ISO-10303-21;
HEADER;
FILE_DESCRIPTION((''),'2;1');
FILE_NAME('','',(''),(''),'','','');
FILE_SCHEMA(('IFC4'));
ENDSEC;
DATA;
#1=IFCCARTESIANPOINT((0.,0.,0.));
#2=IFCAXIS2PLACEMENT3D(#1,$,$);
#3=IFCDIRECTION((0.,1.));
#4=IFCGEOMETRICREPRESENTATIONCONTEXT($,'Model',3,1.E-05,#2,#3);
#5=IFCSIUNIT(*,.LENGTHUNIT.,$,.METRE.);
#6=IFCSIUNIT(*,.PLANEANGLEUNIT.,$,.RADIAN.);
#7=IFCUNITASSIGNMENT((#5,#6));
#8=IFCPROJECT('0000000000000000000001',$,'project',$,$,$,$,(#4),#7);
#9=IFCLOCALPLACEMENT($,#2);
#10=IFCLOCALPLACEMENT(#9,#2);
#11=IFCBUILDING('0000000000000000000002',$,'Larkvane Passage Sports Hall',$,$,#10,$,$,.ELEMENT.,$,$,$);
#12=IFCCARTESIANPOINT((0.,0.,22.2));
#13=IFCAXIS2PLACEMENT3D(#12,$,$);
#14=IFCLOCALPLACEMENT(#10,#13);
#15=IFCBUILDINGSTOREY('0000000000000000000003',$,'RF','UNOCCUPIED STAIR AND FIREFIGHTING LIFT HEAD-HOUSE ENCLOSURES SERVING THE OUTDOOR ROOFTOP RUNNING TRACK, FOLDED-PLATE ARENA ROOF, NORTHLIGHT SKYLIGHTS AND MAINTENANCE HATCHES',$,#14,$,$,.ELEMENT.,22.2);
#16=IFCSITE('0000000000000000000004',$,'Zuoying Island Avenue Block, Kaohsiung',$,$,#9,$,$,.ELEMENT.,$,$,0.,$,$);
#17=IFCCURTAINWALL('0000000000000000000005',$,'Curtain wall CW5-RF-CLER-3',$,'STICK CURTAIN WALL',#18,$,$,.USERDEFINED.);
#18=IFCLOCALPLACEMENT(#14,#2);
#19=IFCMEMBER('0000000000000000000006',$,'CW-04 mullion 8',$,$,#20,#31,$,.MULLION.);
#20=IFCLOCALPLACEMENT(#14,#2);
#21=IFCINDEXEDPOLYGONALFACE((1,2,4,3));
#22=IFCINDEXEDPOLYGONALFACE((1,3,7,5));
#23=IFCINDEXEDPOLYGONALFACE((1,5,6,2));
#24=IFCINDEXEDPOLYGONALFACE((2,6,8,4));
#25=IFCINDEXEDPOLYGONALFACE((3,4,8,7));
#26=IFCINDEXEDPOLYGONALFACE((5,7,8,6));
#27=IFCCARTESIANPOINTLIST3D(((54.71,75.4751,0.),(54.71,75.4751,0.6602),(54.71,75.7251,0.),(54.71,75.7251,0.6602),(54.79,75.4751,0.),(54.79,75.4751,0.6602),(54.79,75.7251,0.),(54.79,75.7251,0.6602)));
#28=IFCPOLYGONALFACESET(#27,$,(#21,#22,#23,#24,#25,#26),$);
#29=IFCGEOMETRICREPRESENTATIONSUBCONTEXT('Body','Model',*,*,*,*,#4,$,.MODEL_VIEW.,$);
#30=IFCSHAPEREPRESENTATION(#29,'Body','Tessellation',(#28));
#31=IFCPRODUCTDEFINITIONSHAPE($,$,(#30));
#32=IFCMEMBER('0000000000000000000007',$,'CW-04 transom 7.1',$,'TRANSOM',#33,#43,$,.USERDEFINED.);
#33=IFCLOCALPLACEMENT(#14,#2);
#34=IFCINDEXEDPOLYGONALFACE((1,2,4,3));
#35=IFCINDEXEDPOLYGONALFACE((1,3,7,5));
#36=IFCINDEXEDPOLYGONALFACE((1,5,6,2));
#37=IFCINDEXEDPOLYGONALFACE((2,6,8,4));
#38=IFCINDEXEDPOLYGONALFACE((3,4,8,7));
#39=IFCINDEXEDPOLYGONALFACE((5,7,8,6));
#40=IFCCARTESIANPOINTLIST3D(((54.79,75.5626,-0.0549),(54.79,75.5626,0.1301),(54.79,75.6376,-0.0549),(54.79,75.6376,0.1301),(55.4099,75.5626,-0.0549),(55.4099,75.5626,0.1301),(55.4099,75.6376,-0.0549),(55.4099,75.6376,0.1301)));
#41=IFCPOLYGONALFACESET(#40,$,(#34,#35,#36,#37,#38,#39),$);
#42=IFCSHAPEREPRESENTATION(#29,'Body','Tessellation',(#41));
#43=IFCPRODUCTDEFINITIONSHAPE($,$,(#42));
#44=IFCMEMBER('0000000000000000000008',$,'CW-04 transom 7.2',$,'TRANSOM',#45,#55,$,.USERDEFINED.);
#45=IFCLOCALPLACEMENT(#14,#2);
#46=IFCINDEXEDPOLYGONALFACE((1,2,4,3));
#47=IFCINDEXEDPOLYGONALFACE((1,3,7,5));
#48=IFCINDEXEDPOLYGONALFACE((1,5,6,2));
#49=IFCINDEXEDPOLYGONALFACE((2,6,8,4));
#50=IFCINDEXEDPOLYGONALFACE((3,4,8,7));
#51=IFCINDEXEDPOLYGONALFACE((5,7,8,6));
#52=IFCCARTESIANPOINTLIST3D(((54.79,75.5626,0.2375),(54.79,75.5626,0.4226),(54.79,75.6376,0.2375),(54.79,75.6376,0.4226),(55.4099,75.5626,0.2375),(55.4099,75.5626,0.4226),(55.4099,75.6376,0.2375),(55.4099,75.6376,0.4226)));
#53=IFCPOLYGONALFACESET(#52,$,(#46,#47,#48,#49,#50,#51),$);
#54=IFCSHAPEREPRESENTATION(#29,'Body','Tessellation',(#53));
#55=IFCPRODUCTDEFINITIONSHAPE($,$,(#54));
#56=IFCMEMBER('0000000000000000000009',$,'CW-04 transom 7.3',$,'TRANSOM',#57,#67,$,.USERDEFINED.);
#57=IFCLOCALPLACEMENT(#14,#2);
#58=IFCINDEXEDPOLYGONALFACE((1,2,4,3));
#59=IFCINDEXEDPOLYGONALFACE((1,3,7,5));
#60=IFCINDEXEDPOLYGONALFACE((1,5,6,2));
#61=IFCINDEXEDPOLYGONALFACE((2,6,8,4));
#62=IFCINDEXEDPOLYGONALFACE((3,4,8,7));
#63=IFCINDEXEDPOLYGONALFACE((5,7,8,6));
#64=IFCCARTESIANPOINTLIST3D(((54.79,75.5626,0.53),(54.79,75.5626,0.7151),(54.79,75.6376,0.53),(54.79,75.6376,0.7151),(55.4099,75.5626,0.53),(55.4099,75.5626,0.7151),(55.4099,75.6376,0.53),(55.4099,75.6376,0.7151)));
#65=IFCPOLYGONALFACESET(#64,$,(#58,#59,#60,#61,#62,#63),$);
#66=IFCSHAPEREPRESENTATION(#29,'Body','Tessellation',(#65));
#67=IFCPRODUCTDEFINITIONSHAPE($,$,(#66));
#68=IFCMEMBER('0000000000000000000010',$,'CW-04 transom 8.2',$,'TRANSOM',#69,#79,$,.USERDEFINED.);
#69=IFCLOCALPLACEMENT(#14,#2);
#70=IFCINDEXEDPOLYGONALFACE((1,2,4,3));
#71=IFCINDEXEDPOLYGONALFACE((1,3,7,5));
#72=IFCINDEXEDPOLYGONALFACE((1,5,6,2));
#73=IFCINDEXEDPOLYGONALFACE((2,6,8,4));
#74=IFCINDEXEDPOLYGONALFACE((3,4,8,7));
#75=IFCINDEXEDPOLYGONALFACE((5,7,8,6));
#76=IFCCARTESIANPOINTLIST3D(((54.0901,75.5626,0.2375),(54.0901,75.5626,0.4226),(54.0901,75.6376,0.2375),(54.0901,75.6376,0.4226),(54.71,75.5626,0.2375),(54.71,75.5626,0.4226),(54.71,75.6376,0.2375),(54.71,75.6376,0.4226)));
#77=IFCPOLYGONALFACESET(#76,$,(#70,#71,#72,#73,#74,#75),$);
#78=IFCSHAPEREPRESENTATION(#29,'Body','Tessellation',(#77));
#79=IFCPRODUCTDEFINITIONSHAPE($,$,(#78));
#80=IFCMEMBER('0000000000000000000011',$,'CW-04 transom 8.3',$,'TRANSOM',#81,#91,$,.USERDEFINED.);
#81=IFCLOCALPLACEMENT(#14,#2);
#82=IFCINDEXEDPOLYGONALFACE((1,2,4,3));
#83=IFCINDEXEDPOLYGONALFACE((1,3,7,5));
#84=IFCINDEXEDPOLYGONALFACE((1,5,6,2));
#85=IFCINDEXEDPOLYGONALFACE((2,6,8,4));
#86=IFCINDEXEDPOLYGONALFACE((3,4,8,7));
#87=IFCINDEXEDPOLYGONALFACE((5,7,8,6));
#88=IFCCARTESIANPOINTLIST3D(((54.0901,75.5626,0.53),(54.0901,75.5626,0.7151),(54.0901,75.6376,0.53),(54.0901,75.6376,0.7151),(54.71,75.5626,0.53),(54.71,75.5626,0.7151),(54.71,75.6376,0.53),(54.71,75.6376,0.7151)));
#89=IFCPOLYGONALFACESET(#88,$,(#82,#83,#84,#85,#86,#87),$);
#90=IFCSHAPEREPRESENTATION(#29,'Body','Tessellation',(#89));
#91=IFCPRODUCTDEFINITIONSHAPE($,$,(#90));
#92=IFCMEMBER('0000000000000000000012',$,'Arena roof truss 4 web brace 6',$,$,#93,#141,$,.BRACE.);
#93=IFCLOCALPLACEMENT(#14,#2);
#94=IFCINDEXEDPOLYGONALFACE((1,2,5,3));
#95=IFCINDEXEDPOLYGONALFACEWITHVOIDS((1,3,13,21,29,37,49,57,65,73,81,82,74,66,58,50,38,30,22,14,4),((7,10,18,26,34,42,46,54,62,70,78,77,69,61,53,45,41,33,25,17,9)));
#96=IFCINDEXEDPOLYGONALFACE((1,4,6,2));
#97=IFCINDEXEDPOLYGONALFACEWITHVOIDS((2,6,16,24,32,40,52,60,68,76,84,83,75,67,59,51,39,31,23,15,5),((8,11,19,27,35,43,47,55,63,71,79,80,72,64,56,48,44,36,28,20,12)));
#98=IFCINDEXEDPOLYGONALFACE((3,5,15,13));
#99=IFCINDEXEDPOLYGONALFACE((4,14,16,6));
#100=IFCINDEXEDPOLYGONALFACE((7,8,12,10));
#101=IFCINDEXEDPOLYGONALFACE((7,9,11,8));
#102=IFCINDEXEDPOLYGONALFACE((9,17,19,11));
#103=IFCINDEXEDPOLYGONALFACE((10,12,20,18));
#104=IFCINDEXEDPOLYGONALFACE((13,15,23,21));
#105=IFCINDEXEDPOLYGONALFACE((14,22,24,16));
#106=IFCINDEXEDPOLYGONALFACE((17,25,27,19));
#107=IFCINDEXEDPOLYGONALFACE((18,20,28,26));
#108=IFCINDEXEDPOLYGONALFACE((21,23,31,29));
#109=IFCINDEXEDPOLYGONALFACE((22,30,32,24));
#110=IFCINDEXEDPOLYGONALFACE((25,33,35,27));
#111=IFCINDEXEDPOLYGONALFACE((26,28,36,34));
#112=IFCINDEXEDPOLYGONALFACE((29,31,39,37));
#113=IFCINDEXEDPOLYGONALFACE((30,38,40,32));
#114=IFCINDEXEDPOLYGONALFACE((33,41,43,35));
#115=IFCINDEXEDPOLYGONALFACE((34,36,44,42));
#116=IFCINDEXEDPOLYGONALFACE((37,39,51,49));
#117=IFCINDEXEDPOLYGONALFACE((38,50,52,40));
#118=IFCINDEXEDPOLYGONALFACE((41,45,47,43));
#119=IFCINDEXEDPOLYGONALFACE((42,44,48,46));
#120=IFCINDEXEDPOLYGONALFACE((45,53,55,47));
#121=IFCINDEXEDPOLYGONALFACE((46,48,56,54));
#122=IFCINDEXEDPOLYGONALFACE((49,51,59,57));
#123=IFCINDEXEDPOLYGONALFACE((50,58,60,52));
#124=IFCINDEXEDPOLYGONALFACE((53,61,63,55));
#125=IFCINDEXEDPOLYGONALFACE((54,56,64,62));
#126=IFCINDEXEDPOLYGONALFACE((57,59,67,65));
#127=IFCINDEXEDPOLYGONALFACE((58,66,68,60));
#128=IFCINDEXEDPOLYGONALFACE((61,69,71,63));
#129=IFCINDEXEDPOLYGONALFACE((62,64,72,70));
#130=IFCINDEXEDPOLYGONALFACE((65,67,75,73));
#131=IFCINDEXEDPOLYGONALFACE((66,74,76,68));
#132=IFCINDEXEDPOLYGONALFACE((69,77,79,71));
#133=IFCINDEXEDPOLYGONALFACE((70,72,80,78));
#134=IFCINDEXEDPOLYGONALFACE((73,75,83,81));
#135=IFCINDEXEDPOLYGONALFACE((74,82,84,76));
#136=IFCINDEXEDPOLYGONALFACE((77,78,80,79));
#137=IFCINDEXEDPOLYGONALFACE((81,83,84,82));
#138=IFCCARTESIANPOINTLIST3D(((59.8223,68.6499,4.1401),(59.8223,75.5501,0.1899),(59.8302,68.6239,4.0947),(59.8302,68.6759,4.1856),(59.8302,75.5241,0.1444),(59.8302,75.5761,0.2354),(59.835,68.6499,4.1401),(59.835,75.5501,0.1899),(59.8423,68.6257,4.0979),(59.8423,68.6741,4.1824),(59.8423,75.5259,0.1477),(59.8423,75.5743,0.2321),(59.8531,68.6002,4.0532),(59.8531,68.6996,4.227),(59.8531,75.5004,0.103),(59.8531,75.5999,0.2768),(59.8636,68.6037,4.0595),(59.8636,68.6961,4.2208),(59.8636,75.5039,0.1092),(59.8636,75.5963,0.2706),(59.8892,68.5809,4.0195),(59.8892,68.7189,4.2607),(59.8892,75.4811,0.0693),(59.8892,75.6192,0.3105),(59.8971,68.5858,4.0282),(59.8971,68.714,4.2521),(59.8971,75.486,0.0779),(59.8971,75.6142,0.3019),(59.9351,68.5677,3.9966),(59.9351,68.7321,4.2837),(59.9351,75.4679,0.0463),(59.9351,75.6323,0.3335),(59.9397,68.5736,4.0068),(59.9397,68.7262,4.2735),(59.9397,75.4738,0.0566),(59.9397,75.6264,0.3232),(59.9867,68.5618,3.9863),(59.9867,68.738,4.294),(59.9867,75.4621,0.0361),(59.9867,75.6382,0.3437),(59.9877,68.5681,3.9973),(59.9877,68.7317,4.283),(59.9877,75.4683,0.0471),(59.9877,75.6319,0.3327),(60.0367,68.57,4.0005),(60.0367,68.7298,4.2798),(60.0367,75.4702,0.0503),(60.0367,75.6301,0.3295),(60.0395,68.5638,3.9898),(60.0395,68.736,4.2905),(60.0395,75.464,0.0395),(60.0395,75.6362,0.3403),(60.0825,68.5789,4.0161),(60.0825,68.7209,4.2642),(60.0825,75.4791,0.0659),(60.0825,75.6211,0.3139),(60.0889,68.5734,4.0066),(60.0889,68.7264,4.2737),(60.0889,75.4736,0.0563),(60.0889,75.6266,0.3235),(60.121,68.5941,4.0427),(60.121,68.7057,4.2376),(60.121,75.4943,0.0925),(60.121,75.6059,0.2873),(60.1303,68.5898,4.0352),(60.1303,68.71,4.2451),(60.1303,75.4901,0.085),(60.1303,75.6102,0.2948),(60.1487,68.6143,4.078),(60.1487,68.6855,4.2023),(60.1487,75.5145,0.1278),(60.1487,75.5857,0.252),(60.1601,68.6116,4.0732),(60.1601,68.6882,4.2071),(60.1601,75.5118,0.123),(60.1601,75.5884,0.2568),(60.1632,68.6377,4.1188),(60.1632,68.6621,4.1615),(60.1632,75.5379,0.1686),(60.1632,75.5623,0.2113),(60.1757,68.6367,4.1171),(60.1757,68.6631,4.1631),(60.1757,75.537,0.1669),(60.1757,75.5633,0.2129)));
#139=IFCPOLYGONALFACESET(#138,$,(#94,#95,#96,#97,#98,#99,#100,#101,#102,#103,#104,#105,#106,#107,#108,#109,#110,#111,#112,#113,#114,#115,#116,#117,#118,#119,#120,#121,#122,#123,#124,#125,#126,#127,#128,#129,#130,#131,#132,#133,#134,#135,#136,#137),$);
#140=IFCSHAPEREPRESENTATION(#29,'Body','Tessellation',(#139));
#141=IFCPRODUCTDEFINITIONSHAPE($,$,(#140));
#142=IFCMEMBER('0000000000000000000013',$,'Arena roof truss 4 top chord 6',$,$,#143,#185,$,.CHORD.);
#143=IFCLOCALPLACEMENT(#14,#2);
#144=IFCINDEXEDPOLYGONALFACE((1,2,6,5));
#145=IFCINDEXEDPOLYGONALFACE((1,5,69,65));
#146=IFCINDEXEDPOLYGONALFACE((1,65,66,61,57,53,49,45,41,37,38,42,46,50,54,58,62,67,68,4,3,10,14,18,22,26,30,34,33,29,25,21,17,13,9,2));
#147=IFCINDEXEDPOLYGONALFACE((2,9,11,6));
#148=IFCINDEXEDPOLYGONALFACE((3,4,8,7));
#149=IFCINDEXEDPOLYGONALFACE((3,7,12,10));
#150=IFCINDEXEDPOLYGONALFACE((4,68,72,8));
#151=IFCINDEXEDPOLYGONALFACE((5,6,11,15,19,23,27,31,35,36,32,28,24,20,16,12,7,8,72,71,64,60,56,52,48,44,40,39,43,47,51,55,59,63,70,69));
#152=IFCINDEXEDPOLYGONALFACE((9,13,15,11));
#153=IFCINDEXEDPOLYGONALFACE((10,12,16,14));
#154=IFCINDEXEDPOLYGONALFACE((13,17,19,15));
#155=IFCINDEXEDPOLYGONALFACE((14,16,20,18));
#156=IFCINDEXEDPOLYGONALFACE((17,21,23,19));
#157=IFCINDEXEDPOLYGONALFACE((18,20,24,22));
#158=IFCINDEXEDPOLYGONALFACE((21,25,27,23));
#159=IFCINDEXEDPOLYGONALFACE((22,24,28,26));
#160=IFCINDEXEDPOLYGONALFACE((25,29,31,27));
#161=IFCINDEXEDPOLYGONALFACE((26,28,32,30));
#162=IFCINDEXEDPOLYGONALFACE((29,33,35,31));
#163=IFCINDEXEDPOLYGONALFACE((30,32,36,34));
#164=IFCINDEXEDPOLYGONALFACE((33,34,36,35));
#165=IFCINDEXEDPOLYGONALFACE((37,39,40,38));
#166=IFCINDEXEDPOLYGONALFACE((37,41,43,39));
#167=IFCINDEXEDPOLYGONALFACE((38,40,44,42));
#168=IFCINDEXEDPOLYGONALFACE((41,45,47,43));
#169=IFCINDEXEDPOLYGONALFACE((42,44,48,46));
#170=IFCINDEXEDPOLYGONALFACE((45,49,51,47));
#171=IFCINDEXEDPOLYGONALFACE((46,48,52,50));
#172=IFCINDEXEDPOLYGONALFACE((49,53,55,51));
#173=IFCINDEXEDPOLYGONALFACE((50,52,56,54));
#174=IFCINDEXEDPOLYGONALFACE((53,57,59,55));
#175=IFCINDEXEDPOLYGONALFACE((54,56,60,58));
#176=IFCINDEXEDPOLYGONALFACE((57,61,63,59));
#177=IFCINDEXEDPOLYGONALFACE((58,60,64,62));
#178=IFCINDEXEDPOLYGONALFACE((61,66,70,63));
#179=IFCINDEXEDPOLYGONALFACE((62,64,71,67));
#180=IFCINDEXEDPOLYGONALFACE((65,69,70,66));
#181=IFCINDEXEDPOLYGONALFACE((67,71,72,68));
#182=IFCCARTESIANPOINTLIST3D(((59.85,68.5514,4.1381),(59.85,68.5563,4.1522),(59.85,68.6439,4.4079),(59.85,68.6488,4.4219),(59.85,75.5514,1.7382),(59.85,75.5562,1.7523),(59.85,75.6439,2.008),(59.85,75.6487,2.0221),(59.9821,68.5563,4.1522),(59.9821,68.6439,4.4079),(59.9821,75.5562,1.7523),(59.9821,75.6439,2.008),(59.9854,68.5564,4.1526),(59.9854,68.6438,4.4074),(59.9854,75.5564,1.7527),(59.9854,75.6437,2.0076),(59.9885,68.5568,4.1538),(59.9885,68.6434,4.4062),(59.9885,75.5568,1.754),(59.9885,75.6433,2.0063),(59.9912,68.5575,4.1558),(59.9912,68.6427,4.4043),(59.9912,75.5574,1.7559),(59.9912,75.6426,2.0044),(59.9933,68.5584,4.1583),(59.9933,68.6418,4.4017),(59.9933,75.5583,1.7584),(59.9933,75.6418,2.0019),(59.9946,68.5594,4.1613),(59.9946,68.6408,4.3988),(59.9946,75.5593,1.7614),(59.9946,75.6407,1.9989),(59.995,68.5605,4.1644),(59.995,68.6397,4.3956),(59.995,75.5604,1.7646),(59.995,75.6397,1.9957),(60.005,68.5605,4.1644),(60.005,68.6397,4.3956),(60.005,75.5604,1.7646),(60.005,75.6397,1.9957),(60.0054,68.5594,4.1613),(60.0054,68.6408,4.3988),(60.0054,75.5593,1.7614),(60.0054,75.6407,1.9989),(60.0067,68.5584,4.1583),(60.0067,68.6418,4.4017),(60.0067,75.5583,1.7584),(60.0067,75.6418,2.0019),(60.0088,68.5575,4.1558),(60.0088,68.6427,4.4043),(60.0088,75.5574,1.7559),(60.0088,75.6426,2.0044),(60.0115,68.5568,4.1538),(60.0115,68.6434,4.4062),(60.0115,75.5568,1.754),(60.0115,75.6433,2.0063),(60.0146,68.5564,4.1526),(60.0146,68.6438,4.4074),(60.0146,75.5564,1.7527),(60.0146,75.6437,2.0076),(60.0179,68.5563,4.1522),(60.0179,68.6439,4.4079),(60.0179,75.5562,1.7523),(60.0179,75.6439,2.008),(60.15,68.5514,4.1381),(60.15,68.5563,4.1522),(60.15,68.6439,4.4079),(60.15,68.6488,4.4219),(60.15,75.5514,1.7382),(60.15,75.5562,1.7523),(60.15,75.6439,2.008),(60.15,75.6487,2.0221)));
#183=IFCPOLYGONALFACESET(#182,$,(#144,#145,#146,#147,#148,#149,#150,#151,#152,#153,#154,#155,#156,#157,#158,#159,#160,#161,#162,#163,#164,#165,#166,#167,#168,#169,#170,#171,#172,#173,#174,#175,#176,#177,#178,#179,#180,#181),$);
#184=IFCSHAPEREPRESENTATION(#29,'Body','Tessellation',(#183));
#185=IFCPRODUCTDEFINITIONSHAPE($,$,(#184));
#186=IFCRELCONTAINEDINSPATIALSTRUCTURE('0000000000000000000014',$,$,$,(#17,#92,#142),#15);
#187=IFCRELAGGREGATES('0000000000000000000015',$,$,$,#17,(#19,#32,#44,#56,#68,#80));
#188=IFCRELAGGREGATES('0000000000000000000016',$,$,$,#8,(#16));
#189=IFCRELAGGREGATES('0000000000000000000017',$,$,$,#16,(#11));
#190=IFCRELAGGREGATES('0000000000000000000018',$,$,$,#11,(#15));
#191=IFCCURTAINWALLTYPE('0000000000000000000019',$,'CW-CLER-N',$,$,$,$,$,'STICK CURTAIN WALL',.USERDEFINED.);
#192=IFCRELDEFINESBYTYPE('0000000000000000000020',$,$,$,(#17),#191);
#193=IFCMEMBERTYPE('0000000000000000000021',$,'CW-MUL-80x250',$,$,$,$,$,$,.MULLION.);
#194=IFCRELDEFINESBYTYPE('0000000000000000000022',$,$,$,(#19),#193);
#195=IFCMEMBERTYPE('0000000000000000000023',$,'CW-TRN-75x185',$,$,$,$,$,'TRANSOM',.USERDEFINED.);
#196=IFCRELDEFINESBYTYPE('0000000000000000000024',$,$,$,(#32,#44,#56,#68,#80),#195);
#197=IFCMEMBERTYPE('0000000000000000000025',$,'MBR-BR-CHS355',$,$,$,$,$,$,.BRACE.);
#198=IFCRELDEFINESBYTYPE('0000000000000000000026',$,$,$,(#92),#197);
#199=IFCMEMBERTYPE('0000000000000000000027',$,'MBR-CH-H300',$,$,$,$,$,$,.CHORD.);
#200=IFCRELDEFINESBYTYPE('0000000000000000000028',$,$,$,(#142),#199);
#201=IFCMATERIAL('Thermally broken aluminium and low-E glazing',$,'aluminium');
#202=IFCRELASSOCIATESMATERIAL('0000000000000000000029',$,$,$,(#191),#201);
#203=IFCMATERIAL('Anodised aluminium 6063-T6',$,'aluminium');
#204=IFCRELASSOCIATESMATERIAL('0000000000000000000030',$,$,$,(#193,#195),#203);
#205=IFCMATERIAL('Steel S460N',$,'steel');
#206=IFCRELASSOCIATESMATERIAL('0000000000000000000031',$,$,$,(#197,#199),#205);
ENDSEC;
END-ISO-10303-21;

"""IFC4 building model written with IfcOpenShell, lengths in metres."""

from ifc_helpers import new_model, si_unit, direction, frame, origin, origin_2d, place, context, subcontext, project, spatial, rectangle, hollow_circle, i_section, extrude, material, material_profile, profile_set, type_object, element, aggregate, save


model = new_model("IFC4")

# Units and contexts
model_context = context("Model", 3, precision=1e-05, world=origin(), true_north=direction((0.0, 1.0)))
body_context = subcontext(model_context, "Body", "Model", "MODEL_VIEW")
ifc_project = project(units=[si_unit("LENGTHUNIT", "METRE"), si_unit("PLANEANGLEUNIT", "RADIAN")], contexts=[model_context])

# Site, building, storey
site_placement = place(None, origin())
site = spatial("IfcSite", under=ifc_project, at=site_placement, Name="Zuoying Island Avenue Block, Kaohsiung", CompositionType="ELEMENT", RefElevation=0.0)
building_placement = place(site_placement, origin())
building = spatial("IfcBuilding", under=site, at=building_placement, Name="Larkvane Passage Sports Hall", CompositionType="ELEMENT")
storey_placement = place(building_placement, frame((0.0, 0.0, 22.2)))
storey = spatial("IfcBuildingStorey", under=building, at=storey_placement, Name="RF", Description="UNOCCUPIED STAIR AND FIREFIGHTING LIFT HEAD-HOUSE ENCLOSURES SERVING THE OUTDOOR ROOFTOP RUNNING TRACK, FOLDED-PLATE ARENA ROOF, NORTHLIGHT SKYLIGHTS AND MAINTENANCE HATCHES", CompositionType="ELEMENT", Elevation=22.2)

# Curtain wall, members
ifc_material_1 = material(Name="Thermally broken aluminium and low-E glazing", Category="aluminium")
curtain_wall_type = type_object("IfcCurtainWallType", Name="CW-CLER-N", ElementType="STICK CURTAIN WALL", PredefinedType="USERDEFINED", material=ifc_material_1)
curtain_wall_placement = place(storey_placement, origin())
curtain_wall = element("IfcCurtainWall", 1, at=curtain_wall_placement, inside=storey, type_object=curtain_wall_type, Name="Curtain wall CW5-RF-CLER-3", ObjectType="STICK CURTAIN WALL", PredefinedType="USERDEFINED")
ifc_material_2 = material(Name="Anodised aluminium 6063-T6", Category="aluminium")
ifc_material_profile_1 = material_profile(ifc_material_2, rectangle(XDim=0.0801, YDim=0.25, at=origin_2d()), Name="ALU-MUL-80x250")
ifc_profile_set_1 = profile_set([ifc_material_profile_1], Name="Anodised aluminium 6063-T6")
member_type_1 = type_object("IfcMemberType", Name="CW-MUL-80x250", PredefinedType="MULLION", material=ifc_profile_set_1)
member_1_placement = place(storey_placement, frame((54.75, 75.6001, 0.0), z_axis=(0.0, 0.0, 1.0), x_axis=(-1.0, 0.0, 0.0)))
member_1 = element("IfcMember", 2, at=member_1_placement, type_object=member_type_1, Name="CW-04 mullion 8", PredefinedType="MULLION", context=body_context, shape_type="SweptSolid", body=[
    extrude(rectangle(XDim=0.0801, YDim=0.25, at=origin_2d()), origin(), (0.0, 0.0, 1.0), 0.6602),
])
ifc_material_profile_2 = material_profile(ifc_material_2, rectangle(XDim=0.075, YDim=0.1851, at=origin_2d()), Name="ALU-TRN-75x185")
ifc_profile_set_2 = profile_set([ifc_material_profile_2], Name="Anodised aluminium 6063-T6")
member_type_2 = type_object("IfcMemberType", Name="CW-TRN-75x185", ElementType="TRANSOM", PredefinedType="USERDEFINED", material=ifc_profile_set_2)
member_2_placement = place(storey_placement, frame((55.4099, 75.6001, 0.0376), z_axis=(-1.0, 0.0, 0.0), x_axis=(0.0, -1.0, 0.0)))
member_2 = element("IfcMember", 3, at=member_2_placement, type_object=member_type_2, Name="CW-04 transom 7.1", ObjectType="TRANSOM", PredefinedType="USERDEFINED", context=body_context, shape_type="SweptSolid", body=[
    extrude(rectangle(XDim=0.075, YDim=0.1851, at=origin_2d()), origin(), (0.0, 0.0, 1.0), 0.6199),
])
member_3_placement = place(storey_placement, frame((55.4099, 75.6001, 0.3301), z_axis=(-1.0, 0.0, 0.0), x_axis=(0.0, -1.0, 0.0)))
member_3 = element("IfcMember", 4, at=member_3_placement, type_object=member_type_2, Name="CW-04 transom 7.2", ObjectType="TRANSOM", PredefinedType="USERDEFINED", context=body_context, shape_type="SweptSolid", body=[
    extrude(rectangle(XDim=0.075, YDim=0.1851, at=origin_2d()), origin(), (0.0, 0.0, 1.0), 0.6199),
])
member_4_placement = place(storey_placement, frame((55.4099, 75.6001, 0.6226), z_axis=(-1.0, 0.0, 0.0), x_axis=(0.0, -1.0, 0.0)))
member_4 = element("IfcMember", 5, at=member_4_placement, type_object=member_type_2, Name="CW-04 transom 7.3", ObjectType="TRANSOM", PredefinedType="USERDEFINED", context=body_context, shape_type="SweptSolid", body=[
    extrude(rectangle(XDim=0.075, YDim=0.1851, at=origin_2d()), origin(), (0.0, 0.0, 1.0), 0.6199),
])
member_5_placement = place(storey_placement, frame((54.71, 75.6001, 0.3301), z_axis=(-1.0, 0.0, 0.0), x_axis=(0.0, -1.0, 0.0)))
member_5 = element("IfcMember", 6, at=member_5_placement, type_object=member_type_2, Name="CW-04 transom 8.2", ObjectType="TRANSOM", PredefinedType="USERDEFINED", context=body_context, shape_type="SweptSolid", body=[
    extrude(rectangle(XDim=0.075, YDim=0.1851, at=origin_2d()), origin(), (0.0, 0.0, 1.0), 0.6199),
])
member_6_placement = place(storey_placement, frame((54.71, 75.6001, 0.6226), z_axis=(-1.0, 0.0, 0.0), x_axis=(0.0, -1.0, 0.0)))
member_6 = element("IfcMember", 7, at=member_6_placement, type_object=member_type_2, Name="CW-04 transom 8.3", ObjectType="TRANSOM", PredefinedType="USERDEFINED", context=body_context, shape_type="SweptSolid", body=[
    extrude(rectangle(XDim=0.075, YDim=0.1851, at=origin_2d()), origin(), (0.0, 0.0, 1.0), 0.6199),
])

# Members
ifc_material_3 = material(Name="Steel S460N", Category="steel")
ifc_material_profile_3 = material_profile(ifc_material_3, hollow_circle(Radius=0.1777, WallThickness=0.0127, at=origin_2d()), Name="CHS-355.6x12.7")
ifc_profile_set_3 = profile_set([ifc_material_profile_3], Name="Steel S460N")
member_type_3 = type_object("IfcMemberType", Name="MBR-BR-CHS355", PredefinedType="BRACE", material=ifc_profile_set_3)
member_7_placement = place(storey_placement, frame((60.0, 68.6499, 4.1401), z_axis=(0.0, 0.86785, -0.496827), x_axis=(-1.0, 0.0, 0.0)))
element("IfcMember", 8, at=member_7_placement, inside=storey, type_object=member_type_3, Name="Arena roof truss 4 web brace 6", PredefinedType="BRACE", context=body_context, shape_type="SweptSolid", body=[
    extrude(hollow_circle(Radius=0.1777, WallThickness=0.0127, at=origin_2d()), origin(), (0.0, 0.0, 1.0), 7.9509),
])
ifc_material_profile_4 = material_profile(ifc_material_3, i_section(OverallWidth=0.3, OverallDepth=0.3, WebThickness=0.01, FlangeThickness=0.0149, FilletRadius=0.0129, at=origin_2d()), Name="H-300x300x10x15")
ifc_profile_set_4 = profile_set([ifc_material_profile_4], Name="Steel S460N")
member_type_4 = type_object("IfcMemberType", Name="MBR-CH-H300", PredefinedType="CHORD", material=ifc_profile_set_4)
member_8_placement = place(storey_placement, frame((60.0, 68.6001, 4.28), z_axis=(0.0, 0.94595, -0.324313), x_axis=(-1.0, 0.0, 0.0)))
element("IfcMember", 9, at=member_8_placement, inside=storey, type_object=member_type_4, Name="Arena roof truss 4 top chord 6", PredefinedType="CHORD", context=body_context, shape_type="SweptSolid", body=[
    extrude(i_section(OverallWidth=0.3, OverallDepth=0.3, WebThickness=0.01, FlangeThickness=0.0149, FilletRadius=0.0129, at=origin_2d()), origin(), (0.0, 0.0, 1.0), 7.3999),
])

aggregate(curtain_wall, [member_1, member_2, member_3, member_4, member_5, member_6])

save(model, "model.ifc")
